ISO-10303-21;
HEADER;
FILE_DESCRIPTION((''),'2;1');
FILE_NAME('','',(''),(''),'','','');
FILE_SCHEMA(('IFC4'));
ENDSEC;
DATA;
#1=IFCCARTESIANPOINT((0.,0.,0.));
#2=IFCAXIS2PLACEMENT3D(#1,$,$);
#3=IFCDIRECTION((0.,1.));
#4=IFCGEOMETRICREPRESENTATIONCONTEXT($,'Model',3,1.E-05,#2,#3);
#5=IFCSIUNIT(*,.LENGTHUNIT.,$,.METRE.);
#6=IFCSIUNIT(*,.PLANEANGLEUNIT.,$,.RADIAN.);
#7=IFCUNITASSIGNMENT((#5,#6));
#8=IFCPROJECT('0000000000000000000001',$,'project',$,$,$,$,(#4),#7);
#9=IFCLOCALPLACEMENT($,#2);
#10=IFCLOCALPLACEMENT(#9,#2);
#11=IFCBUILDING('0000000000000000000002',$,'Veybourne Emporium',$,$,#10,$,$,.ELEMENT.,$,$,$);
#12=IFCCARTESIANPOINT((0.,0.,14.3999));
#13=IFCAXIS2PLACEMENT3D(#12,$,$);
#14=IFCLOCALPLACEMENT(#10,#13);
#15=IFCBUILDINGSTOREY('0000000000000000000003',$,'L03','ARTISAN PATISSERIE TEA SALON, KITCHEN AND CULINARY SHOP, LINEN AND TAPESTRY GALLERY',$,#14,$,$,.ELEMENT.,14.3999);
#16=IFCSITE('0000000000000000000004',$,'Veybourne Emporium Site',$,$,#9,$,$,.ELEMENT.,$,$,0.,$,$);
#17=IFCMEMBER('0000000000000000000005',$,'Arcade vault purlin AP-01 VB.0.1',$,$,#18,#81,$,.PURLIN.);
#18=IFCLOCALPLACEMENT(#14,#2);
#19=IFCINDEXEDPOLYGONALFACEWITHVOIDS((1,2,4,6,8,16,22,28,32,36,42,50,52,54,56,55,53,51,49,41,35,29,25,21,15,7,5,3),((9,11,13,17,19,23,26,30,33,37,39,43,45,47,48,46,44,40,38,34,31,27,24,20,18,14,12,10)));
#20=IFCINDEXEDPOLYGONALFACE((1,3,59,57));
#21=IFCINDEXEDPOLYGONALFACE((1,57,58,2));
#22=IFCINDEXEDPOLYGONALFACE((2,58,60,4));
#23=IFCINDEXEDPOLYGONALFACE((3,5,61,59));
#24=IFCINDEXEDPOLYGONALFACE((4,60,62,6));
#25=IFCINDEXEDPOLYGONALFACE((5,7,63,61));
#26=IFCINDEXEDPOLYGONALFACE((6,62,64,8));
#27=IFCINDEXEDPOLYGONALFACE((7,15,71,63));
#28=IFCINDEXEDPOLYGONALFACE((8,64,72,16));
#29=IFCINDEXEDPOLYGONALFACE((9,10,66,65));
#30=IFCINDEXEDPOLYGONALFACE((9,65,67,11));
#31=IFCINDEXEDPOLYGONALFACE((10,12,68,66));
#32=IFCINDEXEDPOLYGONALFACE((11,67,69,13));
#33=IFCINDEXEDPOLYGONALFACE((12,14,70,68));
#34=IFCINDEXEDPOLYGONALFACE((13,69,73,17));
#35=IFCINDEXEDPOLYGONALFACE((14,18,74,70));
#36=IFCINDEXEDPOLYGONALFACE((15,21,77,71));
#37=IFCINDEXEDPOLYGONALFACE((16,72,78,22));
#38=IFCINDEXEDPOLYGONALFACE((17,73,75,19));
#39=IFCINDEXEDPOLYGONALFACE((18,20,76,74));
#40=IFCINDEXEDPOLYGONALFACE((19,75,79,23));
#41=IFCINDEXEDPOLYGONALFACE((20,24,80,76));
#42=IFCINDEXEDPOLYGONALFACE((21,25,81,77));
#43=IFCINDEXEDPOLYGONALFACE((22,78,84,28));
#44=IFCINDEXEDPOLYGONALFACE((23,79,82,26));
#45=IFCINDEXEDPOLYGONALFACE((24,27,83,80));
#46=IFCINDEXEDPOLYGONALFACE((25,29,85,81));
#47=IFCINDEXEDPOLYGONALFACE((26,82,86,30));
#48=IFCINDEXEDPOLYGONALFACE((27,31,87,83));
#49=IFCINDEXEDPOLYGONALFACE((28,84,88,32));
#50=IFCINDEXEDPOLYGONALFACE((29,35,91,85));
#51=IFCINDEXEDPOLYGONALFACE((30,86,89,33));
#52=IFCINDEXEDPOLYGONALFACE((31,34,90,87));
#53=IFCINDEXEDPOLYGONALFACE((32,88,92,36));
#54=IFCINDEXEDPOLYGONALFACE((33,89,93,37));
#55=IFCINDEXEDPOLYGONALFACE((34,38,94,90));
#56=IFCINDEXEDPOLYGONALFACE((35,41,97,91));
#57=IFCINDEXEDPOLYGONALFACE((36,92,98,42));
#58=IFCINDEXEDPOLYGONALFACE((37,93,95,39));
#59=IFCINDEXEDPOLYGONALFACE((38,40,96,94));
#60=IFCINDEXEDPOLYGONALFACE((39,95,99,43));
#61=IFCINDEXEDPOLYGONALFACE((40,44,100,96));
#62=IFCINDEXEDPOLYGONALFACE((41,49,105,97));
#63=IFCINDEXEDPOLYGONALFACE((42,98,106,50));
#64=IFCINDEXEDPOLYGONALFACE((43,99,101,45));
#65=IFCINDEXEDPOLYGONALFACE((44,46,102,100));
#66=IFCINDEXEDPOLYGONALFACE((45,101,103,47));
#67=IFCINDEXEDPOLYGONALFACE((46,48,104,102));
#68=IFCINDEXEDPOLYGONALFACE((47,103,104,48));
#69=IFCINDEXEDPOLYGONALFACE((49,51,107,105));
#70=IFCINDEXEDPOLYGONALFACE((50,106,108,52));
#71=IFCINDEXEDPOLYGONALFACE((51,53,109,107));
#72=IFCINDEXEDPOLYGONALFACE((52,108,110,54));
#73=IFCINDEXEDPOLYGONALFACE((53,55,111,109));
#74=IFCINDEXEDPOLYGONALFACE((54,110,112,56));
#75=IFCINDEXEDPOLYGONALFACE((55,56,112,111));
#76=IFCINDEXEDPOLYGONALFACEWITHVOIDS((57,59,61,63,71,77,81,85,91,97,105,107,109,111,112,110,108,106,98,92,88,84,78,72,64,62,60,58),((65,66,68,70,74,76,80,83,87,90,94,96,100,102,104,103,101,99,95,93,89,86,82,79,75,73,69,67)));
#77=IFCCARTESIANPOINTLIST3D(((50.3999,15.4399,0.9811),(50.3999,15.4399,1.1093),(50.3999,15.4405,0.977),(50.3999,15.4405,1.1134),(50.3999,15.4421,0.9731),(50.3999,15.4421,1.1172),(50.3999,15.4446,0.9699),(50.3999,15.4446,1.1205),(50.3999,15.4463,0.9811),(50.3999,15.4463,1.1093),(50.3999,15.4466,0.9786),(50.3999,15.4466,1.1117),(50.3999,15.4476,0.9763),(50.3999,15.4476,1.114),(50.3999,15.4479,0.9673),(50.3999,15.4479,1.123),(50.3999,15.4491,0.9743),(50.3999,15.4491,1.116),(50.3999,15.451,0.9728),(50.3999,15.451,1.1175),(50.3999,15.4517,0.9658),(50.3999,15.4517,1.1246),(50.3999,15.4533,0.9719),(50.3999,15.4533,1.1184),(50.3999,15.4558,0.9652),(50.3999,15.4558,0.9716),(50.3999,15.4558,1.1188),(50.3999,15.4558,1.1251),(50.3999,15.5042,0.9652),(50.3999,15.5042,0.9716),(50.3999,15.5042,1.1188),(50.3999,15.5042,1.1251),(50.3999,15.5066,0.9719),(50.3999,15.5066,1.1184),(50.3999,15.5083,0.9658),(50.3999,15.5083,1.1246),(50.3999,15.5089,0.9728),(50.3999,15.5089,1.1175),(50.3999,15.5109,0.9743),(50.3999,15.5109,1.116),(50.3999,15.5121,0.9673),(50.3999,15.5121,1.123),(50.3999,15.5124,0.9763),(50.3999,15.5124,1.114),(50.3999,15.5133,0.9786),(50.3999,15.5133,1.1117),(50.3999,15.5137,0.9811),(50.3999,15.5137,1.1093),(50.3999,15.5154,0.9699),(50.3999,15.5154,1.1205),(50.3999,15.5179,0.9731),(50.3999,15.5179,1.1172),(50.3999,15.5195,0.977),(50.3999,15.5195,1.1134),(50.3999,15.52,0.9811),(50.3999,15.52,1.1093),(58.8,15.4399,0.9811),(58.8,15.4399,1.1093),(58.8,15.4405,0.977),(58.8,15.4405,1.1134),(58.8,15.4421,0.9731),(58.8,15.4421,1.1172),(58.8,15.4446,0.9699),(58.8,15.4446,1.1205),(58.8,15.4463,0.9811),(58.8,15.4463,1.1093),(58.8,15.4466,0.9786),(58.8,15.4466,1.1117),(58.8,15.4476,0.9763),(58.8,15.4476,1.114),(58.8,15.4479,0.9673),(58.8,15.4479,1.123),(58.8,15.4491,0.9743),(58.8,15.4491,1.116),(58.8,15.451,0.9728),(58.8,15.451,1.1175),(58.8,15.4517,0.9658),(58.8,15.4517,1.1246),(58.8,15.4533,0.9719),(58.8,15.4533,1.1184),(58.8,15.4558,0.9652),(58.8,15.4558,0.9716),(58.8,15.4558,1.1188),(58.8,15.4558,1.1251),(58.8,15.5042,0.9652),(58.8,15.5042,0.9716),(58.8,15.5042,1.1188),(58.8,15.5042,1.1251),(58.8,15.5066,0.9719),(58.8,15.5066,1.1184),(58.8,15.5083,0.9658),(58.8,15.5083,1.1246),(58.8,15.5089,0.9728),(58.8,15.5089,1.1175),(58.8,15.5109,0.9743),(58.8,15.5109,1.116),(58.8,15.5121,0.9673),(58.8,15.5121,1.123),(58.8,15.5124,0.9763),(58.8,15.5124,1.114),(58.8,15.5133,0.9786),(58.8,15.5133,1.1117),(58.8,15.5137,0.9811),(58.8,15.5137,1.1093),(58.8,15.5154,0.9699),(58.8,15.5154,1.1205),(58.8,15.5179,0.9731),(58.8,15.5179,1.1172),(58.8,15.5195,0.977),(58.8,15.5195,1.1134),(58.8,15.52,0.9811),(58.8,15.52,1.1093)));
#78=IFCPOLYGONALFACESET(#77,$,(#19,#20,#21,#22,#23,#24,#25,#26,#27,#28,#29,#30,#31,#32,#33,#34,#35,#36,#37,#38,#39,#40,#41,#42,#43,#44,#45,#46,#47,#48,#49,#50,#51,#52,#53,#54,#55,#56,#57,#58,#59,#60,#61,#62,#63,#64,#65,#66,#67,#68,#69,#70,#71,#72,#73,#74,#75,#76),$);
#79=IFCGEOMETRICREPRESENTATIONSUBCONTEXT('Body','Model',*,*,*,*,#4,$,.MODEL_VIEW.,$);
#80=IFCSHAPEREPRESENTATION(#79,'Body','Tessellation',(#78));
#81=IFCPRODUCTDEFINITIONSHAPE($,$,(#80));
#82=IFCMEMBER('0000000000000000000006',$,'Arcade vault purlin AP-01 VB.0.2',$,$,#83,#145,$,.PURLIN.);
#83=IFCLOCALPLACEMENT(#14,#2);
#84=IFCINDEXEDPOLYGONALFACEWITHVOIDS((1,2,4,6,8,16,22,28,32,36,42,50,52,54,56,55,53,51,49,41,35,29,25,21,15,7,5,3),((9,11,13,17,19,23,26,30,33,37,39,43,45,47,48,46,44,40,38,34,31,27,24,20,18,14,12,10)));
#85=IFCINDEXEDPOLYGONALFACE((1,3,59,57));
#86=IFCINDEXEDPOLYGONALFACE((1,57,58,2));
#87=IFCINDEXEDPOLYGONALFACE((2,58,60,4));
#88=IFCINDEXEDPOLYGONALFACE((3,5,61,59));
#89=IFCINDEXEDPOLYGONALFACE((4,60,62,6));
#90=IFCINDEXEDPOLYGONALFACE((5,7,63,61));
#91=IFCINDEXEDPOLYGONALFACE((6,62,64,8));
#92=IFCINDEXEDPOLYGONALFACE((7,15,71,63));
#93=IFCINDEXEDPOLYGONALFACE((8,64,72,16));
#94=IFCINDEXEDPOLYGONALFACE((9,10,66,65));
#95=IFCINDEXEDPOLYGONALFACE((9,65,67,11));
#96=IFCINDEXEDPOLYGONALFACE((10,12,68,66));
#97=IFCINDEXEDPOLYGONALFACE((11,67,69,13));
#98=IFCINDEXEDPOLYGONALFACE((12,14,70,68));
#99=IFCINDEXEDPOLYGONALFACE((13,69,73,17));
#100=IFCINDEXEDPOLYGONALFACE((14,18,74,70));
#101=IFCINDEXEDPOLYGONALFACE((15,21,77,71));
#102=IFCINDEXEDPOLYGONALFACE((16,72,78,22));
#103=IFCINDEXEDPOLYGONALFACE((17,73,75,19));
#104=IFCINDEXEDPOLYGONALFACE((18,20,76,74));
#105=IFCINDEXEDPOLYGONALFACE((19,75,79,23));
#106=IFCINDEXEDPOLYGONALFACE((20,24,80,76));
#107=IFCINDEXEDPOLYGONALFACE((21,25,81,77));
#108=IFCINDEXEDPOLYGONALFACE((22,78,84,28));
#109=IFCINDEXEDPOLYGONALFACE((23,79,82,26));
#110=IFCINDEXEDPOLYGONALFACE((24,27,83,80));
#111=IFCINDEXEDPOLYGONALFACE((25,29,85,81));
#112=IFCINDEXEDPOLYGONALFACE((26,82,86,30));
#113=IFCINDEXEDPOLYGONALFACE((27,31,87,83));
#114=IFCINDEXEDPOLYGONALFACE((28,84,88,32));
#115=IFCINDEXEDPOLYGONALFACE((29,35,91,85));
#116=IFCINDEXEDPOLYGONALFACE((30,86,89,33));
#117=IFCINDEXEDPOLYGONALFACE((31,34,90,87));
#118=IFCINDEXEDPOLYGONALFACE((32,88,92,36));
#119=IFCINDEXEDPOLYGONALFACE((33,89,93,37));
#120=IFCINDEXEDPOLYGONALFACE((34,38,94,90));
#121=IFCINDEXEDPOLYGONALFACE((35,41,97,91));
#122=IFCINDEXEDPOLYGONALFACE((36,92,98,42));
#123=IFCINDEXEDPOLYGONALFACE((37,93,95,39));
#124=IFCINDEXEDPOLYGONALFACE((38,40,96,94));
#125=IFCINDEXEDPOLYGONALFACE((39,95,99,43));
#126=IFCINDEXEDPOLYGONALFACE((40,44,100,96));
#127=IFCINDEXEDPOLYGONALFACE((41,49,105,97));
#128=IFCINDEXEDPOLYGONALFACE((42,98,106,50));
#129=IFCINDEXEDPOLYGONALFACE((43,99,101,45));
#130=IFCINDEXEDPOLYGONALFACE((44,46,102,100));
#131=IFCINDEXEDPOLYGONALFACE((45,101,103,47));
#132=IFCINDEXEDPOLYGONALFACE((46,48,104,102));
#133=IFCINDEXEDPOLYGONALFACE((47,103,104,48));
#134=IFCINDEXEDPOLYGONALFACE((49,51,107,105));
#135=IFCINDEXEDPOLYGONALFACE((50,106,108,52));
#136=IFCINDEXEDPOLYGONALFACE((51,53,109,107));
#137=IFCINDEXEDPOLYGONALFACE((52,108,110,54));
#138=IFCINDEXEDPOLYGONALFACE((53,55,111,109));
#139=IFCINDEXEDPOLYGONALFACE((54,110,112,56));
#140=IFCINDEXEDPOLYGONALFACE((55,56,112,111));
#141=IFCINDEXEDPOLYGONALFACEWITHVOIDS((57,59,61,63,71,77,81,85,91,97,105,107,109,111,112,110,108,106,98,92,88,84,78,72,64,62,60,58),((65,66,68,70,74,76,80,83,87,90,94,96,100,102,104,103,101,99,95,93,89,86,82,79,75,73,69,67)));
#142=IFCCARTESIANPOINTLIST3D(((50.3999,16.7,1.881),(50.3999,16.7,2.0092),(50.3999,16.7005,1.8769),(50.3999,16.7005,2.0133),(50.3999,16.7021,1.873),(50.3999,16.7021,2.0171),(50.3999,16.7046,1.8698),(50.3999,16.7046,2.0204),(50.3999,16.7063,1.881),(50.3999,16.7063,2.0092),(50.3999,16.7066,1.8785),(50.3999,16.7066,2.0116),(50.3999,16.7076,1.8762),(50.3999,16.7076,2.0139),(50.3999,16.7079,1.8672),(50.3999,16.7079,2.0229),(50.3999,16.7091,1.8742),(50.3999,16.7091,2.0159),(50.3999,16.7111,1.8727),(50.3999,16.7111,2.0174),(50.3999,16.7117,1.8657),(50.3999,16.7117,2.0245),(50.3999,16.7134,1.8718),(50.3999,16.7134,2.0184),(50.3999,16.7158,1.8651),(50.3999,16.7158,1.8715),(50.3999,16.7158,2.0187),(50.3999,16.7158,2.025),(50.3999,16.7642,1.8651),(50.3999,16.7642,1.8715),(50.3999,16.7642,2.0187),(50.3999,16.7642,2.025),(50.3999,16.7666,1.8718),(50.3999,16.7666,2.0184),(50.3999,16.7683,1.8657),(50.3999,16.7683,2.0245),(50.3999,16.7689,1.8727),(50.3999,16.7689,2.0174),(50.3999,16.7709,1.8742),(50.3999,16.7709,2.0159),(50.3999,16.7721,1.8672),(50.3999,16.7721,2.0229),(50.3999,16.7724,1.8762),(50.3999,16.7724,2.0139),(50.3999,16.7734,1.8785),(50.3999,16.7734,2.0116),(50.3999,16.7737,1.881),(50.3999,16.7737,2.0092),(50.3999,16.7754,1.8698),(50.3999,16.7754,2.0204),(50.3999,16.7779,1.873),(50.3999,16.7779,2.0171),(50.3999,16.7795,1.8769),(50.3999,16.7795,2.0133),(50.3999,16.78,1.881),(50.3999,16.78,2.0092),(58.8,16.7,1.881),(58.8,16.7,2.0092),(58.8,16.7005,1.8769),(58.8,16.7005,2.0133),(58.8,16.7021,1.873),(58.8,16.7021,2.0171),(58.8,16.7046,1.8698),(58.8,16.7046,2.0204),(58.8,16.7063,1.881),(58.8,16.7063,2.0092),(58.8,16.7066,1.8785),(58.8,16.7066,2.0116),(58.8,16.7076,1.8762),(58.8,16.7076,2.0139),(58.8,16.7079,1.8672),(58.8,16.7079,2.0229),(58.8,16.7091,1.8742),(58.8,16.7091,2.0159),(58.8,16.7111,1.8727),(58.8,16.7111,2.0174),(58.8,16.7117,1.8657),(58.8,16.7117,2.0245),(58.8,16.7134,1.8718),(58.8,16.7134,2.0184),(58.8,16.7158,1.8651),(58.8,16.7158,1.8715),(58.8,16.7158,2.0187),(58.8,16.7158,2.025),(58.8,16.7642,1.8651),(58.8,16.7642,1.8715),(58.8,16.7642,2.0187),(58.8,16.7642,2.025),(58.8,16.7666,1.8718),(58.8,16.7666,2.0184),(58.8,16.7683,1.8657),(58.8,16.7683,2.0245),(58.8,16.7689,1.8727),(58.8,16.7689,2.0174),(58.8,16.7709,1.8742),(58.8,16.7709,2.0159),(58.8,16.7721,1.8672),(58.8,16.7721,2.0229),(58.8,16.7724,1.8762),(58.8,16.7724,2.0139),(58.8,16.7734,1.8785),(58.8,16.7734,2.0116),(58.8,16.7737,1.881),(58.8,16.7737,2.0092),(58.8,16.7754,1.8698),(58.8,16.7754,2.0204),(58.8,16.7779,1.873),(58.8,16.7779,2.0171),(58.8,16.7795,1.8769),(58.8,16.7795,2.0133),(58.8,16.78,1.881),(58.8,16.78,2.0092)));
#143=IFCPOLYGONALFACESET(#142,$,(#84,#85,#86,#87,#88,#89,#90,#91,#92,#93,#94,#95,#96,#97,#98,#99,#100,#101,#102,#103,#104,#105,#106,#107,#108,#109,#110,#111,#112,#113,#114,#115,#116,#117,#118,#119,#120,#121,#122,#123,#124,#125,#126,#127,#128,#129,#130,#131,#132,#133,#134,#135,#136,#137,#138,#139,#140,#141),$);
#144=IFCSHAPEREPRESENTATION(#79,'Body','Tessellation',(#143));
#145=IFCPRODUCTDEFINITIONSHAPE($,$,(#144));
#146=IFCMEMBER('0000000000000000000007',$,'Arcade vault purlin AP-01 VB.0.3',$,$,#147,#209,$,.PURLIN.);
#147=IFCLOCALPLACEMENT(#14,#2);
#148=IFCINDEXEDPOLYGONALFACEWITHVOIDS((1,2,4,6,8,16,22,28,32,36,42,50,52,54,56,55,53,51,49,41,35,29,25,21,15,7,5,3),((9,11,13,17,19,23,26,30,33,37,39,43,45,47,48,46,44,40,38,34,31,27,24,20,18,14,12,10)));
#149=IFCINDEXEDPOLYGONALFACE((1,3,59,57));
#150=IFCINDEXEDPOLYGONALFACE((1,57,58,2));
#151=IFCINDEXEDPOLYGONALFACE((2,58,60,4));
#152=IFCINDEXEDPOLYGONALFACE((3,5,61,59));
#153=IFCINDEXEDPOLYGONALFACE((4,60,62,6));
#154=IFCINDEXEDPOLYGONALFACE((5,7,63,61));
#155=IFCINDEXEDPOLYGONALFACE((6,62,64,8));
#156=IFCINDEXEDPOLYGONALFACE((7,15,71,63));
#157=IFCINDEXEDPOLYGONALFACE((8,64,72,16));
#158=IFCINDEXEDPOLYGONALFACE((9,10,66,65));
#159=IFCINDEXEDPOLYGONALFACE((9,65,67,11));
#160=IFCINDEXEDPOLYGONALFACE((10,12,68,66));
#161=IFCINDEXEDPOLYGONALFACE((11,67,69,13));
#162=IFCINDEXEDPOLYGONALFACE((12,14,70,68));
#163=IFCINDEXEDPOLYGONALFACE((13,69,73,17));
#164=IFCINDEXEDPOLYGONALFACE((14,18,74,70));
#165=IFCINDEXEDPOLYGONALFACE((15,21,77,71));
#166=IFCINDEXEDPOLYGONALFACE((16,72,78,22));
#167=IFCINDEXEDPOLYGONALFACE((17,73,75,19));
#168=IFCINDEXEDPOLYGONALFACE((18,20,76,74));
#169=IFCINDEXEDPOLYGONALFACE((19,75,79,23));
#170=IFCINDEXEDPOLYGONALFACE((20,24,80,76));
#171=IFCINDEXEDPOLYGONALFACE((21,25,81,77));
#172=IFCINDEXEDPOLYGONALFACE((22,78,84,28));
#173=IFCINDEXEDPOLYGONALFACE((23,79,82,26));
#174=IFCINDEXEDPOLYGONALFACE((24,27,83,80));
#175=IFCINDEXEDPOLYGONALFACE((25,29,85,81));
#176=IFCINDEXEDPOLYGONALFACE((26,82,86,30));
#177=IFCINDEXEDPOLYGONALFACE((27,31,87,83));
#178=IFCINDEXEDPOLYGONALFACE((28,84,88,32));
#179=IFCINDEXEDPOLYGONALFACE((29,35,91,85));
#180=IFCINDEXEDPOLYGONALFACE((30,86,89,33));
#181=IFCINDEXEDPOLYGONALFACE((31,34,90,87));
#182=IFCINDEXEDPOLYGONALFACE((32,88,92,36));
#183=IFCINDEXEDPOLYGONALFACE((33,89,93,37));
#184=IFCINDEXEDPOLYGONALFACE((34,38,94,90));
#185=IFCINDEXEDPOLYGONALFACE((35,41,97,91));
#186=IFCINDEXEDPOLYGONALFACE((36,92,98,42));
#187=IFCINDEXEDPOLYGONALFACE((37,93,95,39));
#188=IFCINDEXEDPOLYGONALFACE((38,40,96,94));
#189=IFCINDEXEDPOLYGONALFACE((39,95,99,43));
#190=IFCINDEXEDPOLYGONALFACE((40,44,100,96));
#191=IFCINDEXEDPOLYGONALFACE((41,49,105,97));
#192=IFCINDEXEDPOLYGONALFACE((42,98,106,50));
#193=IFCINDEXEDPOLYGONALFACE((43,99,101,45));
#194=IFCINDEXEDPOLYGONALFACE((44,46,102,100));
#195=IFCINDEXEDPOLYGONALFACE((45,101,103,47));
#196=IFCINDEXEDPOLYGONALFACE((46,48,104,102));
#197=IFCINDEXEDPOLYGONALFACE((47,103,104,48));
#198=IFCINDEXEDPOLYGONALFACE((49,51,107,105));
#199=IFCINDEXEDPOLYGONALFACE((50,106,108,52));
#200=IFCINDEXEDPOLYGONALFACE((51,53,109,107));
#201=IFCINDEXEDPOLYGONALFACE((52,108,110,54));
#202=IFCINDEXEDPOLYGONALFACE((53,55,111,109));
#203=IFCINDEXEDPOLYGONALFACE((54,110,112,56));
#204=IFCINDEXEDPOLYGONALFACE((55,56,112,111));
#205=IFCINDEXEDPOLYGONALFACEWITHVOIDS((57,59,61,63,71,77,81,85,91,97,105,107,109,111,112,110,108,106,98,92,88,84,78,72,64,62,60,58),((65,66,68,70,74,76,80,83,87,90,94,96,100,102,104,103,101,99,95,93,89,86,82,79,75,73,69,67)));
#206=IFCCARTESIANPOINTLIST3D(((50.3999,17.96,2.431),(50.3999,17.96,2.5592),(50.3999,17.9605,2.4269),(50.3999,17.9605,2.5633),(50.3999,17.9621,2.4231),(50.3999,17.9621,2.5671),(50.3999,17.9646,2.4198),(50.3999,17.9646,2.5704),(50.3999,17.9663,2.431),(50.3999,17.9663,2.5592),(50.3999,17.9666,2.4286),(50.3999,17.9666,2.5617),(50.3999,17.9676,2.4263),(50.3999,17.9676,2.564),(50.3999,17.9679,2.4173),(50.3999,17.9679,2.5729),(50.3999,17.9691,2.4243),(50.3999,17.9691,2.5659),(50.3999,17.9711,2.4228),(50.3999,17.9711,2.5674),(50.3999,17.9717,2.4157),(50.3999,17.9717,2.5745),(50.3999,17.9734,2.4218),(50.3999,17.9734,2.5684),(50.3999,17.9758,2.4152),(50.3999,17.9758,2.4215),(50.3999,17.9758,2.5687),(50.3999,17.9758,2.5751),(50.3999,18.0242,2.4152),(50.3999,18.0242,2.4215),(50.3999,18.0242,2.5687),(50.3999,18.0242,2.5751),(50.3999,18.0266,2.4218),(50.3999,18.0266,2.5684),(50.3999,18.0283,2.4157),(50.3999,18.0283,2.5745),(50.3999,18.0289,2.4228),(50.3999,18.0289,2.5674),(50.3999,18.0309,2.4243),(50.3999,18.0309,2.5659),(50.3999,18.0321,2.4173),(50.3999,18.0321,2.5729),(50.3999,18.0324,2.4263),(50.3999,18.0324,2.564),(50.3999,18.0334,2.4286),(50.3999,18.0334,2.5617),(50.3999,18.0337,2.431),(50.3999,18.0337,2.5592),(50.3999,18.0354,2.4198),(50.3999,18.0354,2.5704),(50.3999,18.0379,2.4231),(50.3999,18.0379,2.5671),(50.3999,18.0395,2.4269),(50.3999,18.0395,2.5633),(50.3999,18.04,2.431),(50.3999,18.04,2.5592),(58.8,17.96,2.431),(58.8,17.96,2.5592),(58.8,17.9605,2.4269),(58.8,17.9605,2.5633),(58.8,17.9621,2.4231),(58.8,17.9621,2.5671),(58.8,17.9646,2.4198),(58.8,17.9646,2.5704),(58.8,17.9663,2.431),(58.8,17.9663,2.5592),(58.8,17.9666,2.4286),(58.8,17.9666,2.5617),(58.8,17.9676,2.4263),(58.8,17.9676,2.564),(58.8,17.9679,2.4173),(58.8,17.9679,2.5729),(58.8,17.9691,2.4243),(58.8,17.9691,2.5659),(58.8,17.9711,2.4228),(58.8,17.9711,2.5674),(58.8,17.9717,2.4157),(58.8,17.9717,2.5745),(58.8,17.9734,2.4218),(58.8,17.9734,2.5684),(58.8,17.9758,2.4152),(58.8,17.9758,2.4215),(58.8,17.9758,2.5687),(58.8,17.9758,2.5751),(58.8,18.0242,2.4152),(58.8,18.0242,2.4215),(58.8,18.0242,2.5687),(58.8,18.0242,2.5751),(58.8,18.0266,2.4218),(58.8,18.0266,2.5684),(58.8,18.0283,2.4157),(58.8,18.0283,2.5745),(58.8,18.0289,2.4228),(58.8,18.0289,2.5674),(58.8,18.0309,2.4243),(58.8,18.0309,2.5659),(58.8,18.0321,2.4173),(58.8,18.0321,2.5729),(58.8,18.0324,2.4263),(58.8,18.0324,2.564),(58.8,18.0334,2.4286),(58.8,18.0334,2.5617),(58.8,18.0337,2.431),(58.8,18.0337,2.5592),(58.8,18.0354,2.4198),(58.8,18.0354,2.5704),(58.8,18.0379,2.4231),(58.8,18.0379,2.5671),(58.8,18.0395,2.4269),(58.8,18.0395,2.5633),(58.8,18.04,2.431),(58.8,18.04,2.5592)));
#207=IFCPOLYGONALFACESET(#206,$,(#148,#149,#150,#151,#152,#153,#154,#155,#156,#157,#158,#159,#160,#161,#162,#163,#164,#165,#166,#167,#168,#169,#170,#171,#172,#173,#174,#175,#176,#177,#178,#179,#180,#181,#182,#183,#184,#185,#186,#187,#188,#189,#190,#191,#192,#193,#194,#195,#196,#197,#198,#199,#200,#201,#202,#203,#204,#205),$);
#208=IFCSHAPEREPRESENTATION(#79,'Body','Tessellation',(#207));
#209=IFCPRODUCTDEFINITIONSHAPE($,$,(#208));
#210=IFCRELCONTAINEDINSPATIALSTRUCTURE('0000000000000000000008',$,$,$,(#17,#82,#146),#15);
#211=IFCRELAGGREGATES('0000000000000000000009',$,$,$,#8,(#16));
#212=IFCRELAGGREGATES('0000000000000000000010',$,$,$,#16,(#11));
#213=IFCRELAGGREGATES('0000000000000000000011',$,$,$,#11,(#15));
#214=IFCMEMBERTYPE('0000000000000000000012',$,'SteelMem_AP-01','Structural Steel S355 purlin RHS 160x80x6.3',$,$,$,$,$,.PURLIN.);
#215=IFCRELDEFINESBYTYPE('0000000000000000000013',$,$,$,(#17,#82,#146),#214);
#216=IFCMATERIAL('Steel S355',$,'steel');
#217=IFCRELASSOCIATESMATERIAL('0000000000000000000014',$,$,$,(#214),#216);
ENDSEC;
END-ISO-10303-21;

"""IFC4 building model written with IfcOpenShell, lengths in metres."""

from ifc_helpers import new_model, si_unit, direction, frame, origin, origin_2d, place, context, subcontext, project, spatial, hollow_rectangle, extrude, material, material_profile, profile_set, type_object, element, save


model = new_model("IFC4")

# Units and contexts
model_context = context("Model", 3, precision=1e-05, world=origin(), true_north=direction((0.0, 1.0)))
body_context = subcontext(model_context, "Body", "Model", "MODEL_VIEW")
ifc_project = project(units=[si_unit("LENGTHUNIT", "METRE"), si_unit("PLANEANGLEUNIT", "RADIAN")], contexts=[model_context])

# Site, building, storey
site_placement = place(None, origin())
site = spatial("IfcSite", under=ifc_project, at=site_placement, Name="Veybourne Emporium Site", CompositionType="ELEMENT", RefElevation=0.0)
building_placement = place(site_placement, origin())
building = spatial("IfcBuilding", under=site, at=building_placement, Name="Veybourne Emporium", CompositionType="ELEMENT")
storey_placement = place(building_placement, frame((0.0, 0.0, 14.3999)))
storey = spatial("IfcBuildingStorey", under=building, at=storey_placement, Name="L03", Description="ARTISAN PATISSERIE TEA SALON, KITCHEN AND CULINARY SHOP, LINEN AND TAPESTRY GALLERY", CompositionType="ELEMENT", Elevation=14.3999)

# Shared definitions
ifc_material_1 = material(Name="Steel S355", Category="steel")

# Members
ifc_material_profile_1 = material_profile(ifc_material_1, hollow_rectangle(XDim=0.0801, YDim=0.1599, WallThickness=0.0063, InnerFilletRadius=0.0095, OuterFilletRadius=0.0159, at=origin_2d()), Name="RHS 160x80x6.3")
ifc_profile_set_1 = profile_set([ifc_material_profile_1], Name="Steel S355")
member_type_1 = type_object("IfcMemberType", Name="SteelMem_AP-01", Description="Structural Steel S355 purlin RHS 160x80x6.3", PredefinedType="PURLIN", material=ifc_profile_set_1)
for number, where, z_axis, x_axis, name in (
    (1, (50.3999, 15.48, 1.0452), (1.0, 0.0, 0.0), (0.0, 1.0, 0.0), "Arcade vault purlin AP-01 VB.0.1"),
    (2, (50.3999, 16.74, 1.9451), (1.0, 0.0, 0.0), (0.0, 1.0, 0.0), "Arcade vault purlin AP-01 VB.0.2"),
    (3, (50.3999, 18.0, 2.4951), (1.0, 0.0, 0.0), (0.0, 1.0, 0.0), "Arcade vault purlin AP-01 VB.0.3"),
):
    element("IfcMember", number, at=place(storey_placement, frame(where, z_axis=z_axis, x_axis=x_axis)), inside=storey, type_object=member_type_1, Name=name, PredefinedType="PURLIN", context=body_context, shape_type="SweptSolid", body=[
        extrude(hollow_rectangle(XDim=0.0801, YDim=0.1599, WallThickness=0.0063, InnerFilletRadius=0.0095, OuterFilletRadius=0.0159, at=origin_2d()), origin(), (0.0, 0.0, 1.0), 8.4001),
    ])

save(model, "model.ifc")
